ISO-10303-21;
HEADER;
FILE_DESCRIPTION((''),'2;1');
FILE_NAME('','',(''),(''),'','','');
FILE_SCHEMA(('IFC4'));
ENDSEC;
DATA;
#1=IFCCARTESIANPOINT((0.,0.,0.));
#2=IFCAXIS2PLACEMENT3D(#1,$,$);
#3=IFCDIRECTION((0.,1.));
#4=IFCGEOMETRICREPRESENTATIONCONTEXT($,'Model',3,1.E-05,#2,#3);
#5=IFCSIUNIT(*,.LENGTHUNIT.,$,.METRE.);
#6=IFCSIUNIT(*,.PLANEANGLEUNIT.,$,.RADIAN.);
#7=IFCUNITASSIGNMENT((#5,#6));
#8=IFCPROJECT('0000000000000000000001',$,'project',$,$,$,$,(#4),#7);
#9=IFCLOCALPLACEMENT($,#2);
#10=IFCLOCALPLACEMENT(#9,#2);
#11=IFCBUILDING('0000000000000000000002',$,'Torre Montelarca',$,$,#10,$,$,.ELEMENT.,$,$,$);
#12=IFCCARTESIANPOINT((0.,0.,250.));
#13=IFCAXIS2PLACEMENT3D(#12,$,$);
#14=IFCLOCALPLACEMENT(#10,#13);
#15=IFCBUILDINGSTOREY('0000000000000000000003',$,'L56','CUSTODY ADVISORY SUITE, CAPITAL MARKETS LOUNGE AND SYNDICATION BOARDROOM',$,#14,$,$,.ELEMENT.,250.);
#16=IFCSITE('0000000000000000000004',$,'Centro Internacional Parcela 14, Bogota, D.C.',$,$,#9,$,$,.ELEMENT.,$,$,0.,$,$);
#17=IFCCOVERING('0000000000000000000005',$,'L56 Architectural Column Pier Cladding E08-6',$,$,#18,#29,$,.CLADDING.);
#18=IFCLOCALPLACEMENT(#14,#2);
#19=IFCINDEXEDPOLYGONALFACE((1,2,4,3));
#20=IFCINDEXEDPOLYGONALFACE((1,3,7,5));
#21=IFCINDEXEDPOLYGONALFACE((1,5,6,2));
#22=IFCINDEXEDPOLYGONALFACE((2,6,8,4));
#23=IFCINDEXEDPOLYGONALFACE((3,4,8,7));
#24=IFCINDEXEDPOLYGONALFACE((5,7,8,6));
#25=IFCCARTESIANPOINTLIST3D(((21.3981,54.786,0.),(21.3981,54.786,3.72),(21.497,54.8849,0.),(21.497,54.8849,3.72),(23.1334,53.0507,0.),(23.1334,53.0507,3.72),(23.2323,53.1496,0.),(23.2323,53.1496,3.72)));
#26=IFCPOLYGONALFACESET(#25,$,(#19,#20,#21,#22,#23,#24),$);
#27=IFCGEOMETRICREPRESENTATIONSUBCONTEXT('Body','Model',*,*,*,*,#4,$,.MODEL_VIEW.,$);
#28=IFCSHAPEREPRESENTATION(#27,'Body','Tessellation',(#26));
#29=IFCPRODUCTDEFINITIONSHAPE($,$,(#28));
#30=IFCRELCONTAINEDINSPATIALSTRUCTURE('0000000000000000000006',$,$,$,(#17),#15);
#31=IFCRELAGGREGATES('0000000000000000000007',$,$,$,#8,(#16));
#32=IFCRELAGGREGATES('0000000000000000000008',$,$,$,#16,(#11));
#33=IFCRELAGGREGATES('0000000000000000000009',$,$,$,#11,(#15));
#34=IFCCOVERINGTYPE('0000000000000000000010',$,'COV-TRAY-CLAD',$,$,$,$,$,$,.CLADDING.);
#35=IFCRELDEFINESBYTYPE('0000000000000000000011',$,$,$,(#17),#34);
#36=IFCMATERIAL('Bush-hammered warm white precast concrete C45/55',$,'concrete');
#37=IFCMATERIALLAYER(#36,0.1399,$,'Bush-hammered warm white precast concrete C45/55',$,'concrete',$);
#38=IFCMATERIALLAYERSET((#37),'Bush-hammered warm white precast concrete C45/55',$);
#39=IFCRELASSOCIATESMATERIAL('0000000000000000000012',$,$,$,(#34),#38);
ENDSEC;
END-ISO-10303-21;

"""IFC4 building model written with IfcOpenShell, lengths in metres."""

from ifc_helpers import new_model, si_unit, direction, frame, origin, origin_2d, place, context, subcontext, project, spatial, rectangle, extrude, source, transform, mapped, material, layer, layer_set, type_object, element, save


model = new_model("IFC4")

# Units and contexts
model_context = context("Model", 3, precision=1e-05, world=origin(), true_north=direction((0.0, 1.0)))
body_context = subcontext(model_context, "Body", "Model", "MODEL_VIEW")
ifc_project = project(units=[si_unit("LENGTHUNIT", "METRE"), si_unit("PLANEANGLEUNIT", "RADIAN")], contexts=[model_context])

# Site, building, storey
site_placement = place(None, origin())
site = spatial("IfcSite", under=ifc_project, at=site_placement, Name="Centro Internacional Parcela 14, Bogota, D.C.", CompositionType="ELEMENT", RefElevation=0.0)
building_placement = place(site_placement, origin())
building = spatial("IfcBuilding", under=site, at=building_placement, Name="Torre Montelarca", CompositionType="ELEMENT")
storey_placement = place(building_placement, frame((0.0, 0.0, 250.0)))
storey = spatial("IfcBuildingStorey", under=building, at=storey_placement, Name="L56", Description="CUSTODY ADVISORY SUITE, CAPITAL MARKETS LOUNGE AND SYNDICATION BOARDROOM", CompositionType="ELEMENT", Elevation=250.0)

# Covering
ifc_material_1 = material(Name="Bush-hammered warm white precast concrete C45/55", Category="concrete")
ifc_layer_1 = layer(ifc_material_1, 0.1399, Name="Bush-hammered warm white precast concrete C45/55", Category="concrete")
ifc_layer_set_1 = layer_set([ifc_layer_1], Name="Bush-hammered warm white precast concrete C45/55")
covering_type = type_object("IfcCoveringType", Name="COV-TRAY-CLAD", PredefinedType="CLADDING", material=ifc_layer_set_1)
shared_shape_1 = source(origin(), body_context, "Body", "SweptSolid", [
    extrude(rectangle(XDim=2.4541, YDim=0.1399, at=origin_2d()), origin(), (0.0, 0.0, 1.0), 3.72),
])
covering_1_placement = place(storey_placement, frame((22.3152, 53.9678, 0.0), z_axis=(0.0, 0.0, 1.0), x_axis=(-0.707106, 0.707108, 0.0)))
element("IfcCovering", 1, at=covering_1_placement, inside=storey, type_object=covering_type, Name="L56 Architectural Column Pier Cladding E08-6", PredefinedType="CLADDING", context=body_context, shape_type="MappedRepresentation", body=[
    mapped(shared_shape_1, transform((0.0, 0.0, 0.0), scale=1.0)),
])

save(model, "model.ifc")
